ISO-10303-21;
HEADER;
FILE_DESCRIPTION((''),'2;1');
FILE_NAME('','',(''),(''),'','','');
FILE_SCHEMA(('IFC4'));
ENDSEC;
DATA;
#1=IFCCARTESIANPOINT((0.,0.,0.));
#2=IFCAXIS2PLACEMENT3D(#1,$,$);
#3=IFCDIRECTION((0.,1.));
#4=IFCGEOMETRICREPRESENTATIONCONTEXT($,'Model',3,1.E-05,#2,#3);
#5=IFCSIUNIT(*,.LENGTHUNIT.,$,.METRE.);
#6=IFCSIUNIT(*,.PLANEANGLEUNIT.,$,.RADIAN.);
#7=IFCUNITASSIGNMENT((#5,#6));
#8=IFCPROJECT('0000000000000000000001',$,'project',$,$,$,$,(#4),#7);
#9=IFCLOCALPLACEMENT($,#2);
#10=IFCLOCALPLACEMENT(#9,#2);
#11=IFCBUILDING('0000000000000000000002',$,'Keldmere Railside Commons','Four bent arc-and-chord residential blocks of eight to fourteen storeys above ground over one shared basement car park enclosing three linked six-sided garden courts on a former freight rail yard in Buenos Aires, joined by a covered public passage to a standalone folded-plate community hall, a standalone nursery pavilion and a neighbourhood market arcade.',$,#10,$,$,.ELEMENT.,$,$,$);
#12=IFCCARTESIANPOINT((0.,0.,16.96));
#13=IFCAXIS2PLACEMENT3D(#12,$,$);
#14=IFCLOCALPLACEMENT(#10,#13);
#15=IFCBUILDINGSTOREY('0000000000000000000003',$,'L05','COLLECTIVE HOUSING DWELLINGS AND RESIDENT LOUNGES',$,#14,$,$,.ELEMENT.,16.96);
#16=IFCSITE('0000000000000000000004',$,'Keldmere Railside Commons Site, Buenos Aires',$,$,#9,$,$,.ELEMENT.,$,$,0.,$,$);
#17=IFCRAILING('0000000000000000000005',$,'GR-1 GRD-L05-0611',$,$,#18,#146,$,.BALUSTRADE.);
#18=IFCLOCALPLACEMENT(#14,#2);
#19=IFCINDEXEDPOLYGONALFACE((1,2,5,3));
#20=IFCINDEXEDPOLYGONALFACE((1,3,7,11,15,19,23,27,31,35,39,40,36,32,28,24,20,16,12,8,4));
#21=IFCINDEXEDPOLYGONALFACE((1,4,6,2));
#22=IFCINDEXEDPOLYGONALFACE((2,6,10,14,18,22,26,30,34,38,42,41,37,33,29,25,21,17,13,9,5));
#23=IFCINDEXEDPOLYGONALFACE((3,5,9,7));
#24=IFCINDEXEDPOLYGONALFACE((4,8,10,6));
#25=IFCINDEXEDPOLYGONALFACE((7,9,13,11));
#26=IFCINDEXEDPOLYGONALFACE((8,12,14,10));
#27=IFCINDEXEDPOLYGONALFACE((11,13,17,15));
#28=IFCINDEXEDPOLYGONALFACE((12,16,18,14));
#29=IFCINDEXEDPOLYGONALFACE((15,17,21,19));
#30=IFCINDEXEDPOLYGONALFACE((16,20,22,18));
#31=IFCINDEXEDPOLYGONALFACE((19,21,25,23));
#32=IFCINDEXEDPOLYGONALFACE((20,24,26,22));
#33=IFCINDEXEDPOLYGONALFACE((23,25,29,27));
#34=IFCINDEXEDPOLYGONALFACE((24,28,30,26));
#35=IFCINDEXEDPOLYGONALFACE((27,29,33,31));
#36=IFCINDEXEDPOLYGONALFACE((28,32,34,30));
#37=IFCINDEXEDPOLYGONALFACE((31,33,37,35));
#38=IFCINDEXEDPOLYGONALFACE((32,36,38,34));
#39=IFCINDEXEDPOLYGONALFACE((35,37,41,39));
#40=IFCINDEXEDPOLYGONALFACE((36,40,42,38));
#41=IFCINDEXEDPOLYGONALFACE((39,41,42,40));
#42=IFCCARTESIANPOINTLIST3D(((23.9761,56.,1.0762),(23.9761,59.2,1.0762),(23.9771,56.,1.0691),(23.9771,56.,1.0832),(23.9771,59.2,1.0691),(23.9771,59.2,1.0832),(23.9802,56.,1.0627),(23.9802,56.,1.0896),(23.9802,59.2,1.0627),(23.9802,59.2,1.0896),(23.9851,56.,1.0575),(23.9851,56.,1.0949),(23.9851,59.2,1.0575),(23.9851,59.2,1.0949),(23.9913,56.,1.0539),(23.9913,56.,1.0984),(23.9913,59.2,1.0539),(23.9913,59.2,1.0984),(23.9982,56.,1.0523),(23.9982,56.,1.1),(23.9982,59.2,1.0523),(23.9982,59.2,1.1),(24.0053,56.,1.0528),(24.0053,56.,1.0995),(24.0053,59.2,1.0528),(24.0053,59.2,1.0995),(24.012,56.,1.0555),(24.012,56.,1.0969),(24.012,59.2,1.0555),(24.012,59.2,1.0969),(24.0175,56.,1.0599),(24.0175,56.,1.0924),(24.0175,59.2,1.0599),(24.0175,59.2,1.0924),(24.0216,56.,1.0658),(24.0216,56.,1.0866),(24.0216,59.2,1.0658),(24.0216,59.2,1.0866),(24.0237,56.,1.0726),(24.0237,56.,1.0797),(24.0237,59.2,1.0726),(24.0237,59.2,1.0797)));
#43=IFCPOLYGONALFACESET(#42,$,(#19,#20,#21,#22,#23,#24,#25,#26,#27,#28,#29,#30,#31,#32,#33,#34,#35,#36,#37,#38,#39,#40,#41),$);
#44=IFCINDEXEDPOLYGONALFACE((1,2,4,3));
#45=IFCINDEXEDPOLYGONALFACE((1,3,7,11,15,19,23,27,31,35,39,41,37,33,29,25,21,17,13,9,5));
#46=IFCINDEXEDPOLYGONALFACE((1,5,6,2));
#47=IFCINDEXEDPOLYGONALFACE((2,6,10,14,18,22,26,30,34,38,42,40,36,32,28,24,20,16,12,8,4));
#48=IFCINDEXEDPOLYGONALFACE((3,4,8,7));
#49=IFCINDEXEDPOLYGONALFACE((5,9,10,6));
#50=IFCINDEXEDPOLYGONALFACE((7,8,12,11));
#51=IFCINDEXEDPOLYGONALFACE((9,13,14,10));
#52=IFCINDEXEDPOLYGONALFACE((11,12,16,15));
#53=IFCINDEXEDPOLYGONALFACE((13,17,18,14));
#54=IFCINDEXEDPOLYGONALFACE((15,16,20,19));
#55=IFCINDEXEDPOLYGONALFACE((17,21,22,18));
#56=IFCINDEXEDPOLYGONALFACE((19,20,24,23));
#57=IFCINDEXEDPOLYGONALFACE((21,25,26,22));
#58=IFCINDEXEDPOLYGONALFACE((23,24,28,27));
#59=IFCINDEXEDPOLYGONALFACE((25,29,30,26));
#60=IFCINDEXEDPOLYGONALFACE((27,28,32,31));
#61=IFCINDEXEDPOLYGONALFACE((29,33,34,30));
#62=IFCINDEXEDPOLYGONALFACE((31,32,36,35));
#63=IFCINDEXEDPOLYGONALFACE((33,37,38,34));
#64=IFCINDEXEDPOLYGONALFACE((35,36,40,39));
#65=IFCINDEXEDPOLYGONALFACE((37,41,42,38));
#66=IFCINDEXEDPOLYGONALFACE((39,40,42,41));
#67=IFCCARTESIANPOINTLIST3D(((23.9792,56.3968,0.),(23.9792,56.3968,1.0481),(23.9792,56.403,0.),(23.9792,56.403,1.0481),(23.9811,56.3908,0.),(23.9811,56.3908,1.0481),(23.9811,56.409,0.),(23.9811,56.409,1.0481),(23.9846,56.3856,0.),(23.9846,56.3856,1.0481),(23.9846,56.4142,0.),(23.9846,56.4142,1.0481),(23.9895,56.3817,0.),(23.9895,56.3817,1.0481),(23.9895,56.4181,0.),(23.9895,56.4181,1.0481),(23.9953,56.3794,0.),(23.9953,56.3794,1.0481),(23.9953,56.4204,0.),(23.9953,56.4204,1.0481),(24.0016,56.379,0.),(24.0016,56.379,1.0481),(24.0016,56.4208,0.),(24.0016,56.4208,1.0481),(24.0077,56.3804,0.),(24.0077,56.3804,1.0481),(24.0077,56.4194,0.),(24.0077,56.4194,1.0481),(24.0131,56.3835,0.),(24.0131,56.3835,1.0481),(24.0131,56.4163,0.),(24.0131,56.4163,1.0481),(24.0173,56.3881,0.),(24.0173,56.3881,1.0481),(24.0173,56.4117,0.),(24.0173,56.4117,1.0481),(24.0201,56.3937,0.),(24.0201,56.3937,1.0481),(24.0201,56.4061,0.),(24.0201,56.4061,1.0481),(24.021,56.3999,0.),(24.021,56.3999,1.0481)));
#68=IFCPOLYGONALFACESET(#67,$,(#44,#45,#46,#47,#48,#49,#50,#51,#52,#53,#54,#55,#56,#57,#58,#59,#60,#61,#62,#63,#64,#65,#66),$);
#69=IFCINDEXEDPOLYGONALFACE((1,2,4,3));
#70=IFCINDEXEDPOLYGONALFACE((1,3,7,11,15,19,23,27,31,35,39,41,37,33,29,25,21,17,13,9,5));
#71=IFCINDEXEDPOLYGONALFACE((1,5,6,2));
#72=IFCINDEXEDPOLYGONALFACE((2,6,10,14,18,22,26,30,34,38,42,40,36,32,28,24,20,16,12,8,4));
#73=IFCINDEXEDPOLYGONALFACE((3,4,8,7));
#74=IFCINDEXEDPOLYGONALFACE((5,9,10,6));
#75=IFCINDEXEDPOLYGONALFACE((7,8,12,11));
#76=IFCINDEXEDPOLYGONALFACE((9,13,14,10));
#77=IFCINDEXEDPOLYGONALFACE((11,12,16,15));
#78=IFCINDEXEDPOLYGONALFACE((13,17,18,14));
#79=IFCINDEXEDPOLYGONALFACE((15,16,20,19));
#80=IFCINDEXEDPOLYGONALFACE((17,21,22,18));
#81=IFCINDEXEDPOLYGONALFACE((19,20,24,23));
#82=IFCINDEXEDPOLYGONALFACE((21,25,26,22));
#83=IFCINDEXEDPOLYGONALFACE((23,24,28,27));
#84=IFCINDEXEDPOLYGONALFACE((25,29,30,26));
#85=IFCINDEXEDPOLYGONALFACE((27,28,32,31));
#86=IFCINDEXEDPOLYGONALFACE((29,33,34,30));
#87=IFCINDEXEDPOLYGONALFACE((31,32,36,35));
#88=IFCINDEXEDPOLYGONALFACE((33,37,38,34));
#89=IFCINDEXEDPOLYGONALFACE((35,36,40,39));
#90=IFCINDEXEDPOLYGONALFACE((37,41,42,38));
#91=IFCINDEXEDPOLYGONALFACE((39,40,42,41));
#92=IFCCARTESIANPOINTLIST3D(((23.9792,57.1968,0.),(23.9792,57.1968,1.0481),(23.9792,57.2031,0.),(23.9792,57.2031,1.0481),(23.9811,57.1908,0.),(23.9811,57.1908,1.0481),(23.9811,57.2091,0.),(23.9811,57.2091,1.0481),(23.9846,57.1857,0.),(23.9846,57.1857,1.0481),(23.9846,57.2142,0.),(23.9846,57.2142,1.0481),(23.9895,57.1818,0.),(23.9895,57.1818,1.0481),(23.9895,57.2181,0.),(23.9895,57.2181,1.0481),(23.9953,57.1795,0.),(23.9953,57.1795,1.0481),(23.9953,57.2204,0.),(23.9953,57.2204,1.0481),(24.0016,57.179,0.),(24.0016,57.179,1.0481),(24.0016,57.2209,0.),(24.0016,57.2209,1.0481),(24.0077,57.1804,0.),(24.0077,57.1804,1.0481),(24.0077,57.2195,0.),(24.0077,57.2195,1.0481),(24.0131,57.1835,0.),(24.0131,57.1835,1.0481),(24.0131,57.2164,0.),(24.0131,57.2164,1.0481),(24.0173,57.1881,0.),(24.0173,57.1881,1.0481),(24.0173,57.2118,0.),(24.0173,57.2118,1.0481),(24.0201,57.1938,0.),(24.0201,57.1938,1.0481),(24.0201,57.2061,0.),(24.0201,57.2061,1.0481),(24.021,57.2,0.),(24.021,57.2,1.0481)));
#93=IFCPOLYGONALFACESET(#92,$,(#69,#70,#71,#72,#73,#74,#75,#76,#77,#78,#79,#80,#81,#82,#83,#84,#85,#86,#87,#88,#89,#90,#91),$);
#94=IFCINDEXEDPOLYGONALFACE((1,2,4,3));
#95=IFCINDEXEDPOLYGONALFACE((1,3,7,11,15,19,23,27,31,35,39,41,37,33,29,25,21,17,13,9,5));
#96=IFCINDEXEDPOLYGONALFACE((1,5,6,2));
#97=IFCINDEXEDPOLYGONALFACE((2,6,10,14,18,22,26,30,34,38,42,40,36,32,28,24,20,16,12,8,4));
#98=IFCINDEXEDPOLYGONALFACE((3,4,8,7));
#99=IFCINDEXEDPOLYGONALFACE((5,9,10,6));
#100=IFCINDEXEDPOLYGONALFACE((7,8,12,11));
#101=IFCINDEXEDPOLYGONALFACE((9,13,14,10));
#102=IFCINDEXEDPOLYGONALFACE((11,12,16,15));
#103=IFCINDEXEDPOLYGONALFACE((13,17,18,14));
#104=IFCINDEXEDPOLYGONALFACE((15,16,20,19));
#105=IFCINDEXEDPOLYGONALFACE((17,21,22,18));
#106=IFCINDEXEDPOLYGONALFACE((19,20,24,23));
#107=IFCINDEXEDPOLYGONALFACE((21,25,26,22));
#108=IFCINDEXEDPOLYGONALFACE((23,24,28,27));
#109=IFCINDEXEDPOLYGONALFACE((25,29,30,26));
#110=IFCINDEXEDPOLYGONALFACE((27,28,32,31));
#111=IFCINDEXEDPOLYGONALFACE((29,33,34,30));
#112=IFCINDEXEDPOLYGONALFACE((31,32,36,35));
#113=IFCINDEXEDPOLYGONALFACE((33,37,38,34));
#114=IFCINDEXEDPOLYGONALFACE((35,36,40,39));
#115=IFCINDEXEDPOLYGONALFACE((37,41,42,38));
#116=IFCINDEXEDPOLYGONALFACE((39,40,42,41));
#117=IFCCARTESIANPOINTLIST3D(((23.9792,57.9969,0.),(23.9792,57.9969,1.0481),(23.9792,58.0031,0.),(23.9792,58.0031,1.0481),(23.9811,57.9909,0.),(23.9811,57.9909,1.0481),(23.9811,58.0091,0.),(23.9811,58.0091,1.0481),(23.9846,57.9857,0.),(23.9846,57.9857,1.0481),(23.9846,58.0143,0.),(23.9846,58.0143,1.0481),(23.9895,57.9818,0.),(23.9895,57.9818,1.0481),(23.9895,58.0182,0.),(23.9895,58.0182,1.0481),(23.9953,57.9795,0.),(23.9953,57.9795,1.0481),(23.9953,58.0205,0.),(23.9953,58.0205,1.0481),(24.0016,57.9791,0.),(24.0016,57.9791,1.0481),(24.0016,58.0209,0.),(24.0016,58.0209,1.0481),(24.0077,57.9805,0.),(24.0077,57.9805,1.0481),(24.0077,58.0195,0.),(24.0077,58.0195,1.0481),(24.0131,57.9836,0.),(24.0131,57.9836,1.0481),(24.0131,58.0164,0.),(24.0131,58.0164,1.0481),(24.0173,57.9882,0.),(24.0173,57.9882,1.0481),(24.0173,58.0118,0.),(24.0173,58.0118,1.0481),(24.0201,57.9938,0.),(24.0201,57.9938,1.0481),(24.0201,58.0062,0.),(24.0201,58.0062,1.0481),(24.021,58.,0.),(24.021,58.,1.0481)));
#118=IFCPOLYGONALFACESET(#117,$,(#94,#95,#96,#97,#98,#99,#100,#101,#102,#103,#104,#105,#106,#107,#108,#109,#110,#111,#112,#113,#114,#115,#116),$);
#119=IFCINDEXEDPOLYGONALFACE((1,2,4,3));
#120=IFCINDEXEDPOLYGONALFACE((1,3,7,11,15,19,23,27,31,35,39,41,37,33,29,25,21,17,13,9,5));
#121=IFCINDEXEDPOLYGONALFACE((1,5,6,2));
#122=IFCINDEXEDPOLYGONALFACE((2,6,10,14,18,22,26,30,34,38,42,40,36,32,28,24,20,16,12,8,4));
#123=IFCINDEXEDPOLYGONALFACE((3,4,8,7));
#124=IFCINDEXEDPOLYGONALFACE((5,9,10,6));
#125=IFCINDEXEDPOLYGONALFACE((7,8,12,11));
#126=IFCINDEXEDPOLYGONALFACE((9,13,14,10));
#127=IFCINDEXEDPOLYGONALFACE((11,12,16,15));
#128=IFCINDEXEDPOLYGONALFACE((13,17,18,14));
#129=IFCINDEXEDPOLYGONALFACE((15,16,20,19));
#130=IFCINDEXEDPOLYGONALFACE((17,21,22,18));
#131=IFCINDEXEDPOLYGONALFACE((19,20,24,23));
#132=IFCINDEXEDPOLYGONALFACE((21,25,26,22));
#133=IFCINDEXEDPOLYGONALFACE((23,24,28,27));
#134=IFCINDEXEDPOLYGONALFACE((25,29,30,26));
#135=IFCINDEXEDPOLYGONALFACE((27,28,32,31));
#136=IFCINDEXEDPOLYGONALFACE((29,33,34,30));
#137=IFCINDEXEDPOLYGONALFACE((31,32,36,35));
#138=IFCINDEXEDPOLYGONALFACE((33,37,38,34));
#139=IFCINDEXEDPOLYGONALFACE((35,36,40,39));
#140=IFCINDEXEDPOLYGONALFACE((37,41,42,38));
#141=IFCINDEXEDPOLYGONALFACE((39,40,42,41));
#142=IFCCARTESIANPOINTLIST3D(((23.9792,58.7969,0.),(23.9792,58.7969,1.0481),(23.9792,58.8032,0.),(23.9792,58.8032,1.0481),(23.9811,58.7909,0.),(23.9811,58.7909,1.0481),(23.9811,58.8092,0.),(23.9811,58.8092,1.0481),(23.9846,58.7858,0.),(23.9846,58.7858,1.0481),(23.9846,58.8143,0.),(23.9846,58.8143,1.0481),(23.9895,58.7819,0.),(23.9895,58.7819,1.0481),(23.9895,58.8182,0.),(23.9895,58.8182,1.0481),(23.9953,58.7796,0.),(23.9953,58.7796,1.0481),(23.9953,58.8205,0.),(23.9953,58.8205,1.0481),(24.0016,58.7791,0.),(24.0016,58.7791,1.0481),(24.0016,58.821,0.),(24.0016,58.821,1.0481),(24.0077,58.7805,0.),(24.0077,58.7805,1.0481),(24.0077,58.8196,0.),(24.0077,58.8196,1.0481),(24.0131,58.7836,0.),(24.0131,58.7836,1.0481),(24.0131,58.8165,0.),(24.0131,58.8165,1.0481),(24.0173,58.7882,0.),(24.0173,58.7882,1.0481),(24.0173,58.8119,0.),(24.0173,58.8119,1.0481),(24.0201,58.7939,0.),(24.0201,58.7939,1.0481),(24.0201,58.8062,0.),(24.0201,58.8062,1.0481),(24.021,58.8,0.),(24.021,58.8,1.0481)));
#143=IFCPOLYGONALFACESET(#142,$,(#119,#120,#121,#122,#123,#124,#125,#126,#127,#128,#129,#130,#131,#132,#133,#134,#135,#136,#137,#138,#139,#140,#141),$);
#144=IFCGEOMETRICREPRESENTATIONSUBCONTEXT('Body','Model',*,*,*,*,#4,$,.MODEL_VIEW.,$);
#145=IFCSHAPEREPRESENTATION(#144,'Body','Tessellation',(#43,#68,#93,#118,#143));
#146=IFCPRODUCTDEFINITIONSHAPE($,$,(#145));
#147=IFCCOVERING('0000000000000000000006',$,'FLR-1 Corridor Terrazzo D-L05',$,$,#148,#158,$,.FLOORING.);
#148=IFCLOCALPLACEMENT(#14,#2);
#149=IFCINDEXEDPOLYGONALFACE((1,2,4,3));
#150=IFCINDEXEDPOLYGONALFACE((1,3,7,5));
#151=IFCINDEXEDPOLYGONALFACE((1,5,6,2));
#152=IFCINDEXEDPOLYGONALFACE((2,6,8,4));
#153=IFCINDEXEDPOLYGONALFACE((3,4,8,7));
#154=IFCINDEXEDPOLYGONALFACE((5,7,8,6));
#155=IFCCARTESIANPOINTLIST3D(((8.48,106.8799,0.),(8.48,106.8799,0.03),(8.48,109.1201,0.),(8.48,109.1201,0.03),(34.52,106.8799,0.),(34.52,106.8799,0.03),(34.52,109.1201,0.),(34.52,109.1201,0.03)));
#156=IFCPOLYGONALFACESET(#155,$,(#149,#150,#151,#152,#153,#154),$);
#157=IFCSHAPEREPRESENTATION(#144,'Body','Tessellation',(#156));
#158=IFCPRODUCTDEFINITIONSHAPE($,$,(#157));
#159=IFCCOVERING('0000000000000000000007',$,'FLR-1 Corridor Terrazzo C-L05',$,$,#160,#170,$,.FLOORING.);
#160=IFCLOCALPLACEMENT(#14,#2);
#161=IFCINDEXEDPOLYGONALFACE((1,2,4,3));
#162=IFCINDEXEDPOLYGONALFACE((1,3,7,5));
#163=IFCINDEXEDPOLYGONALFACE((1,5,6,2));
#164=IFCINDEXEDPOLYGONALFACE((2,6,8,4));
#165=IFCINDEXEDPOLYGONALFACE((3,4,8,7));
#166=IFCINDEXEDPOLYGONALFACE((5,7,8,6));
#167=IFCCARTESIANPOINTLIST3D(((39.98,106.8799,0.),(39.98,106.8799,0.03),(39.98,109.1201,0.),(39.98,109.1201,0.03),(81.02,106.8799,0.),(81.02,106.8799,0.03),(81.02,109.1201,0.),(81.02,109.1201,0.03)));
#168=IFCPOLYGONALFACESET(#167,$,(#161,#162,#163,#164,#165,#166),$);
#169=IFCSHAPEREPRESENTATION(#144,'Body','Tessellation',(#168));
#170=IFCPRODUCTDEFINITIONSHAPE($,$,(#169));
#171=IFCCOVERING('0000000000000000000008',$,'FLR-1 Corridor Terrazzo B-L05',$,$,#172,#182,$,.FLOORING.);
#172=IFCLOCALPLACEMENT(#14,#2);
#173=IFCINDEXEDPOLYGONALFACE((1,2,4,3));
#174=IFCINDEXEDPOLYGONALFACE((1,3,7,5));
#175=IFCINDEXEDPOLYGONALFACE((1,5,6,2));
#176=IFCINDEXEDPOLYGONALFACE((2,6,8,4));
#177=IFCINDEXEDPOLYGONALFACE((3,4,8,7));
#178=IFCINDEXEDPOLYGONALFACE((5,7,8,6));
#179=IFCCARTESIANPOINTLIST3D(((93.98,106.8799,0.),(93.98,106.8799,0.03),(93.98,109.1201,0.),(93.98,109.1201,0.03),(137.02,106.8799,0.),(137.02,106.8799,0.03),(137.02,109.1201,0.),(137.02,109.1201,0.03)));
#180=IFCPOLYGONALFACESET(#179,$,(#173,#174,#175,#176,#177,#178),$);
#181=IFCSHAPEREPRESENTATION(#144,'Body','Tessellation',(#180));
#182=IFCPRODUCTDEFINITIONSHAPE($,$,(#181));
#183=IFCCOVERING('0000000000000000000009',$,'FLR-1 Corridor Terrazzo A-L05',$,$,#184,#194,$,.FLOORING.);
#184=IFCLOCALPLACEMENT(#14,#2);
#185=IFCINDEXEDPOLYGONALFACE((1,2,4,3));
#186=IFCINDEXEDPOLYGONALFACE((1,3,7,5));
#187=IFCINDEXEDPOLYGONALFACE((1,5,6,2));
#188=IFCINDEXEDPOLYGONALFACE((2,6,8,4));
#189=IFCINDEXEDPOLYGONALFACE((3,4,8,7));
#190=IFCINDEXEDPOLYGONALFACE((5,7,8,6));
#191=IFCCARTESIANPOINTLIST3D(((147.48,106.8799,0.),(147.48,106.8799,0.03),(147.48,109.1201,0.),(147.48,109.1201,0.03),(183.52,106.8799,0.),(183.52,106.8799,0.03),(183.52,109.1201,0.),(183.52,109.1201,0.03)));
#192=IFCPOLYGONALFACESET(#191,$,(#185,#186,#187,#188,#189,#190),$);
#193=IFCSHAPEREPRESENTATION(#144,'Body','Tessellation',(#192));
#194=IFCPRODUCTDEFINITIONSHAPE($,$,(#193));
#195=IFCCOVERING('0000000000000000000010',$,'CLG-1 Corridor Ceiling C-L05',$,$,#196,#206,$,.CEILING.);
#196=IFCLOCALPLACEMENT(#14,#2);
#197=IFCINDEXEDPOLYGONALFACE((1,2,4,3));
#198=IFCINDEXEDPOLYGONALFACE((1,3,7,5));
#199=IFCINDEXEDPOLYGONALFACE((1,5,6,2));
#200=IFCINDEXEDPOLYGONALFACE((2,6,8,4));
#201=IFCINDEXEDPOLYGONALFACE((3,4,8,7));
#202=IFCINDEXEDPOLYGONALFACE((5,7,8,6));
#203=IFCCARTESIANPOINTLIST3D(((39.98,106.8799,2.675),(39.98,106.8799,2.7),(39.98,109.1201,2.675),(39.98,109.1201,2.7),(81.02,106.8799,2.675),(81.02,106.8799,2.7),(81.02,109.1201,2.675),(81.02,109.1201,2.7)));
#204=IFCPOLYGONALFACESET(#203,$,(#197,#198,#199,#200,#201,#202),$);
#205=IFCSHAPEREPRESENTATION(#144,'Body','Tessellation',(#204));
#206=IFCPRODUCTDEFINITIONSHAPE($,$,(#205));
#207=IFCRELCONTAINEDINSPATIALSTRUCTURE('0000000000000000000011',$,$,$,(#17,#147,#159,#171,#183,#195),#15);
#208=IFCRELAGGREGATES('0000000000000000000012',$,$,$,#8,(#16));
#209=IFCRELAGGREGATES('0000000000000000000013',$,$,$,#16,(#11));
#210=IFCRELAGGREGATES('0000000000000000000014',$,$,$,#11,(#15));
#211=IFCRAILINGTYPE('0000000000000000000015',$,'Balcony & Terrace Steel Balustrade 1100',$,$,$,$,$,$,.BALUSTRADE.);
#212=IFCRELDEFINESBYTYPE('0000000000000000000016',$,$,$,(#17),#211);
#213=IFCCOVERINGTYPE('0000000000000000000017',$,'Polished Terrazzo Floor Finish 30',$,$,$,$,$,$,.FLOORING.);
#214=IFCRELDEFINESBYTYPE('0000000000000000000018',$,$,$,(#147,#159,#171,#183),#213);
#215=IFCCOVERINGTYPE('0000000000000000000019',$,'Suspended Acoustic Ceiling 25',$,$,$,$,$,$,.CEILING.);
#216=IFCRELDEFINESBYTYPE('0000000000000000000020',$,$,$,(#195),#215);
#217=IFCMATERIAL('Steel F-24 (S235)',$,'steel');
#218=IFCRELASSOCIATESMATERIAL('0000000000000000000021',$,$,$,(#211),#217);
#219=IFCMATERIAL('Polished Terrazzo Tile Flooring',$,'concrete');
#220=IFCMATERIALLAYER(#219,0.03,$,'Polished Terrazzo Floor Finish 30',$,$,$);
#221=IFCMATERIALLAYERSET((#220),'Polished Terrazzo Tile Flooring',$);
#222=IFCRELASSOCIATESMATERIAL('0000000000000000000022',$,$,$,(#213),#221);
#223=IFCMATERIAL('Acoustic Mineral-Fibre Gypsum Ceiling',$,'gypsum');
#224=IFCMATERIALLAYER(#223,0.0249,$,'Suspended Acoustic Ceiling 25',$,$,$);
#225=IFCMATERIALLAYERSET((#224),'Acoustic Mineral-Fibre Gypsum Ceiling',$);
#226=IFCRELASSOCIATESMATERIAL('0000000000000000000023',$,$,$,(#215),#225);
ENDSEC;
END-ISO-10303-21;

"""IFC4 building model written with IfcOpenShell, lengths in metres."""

from ifc_helpers import new_model, si_unit, direction, frame, origin, origin_2d, place, context, subcontext, project, spatial, polyline, circle, outline, extrude, material, layer, layer_set, type_object, element, save


model = new_model("IFC4")

# Units and contexts
model_context = context("Model", 3, precision=1e-05, world=origin(), true_north=direction((0.0, 1.0)))
body_context = subcontext(model_context, "Body", "Model", "MODEL_VIEW")
ifc_project = project(units=[si_unit("LENGTHUNIT", "METRE"), si_unit("PLANEANGLEUNIT", "RADIAN")], contexts=[model_context])

# Site, building, storey
site_placement = place(None, origin())
site = spatial("IfcSite", under=ifc_project, at=site_placement, Name="Keldmere Railside Commons Site, Buenos Aires", CompositionType="ELEMENT", RefElevation=0.0)
building_placement = place(site_placement, origin())
building = spatial("IfcBuilding", under=site, at=building_placement, Name="Keldmere Railside Commons", Description="Four bent arc-and-chord residential blocks of eight to fourteen storeys above ground over one shared basement car park enclosing three linked six-sided garden courts on a former freight rail yard in Buenos Aires, joined by a covered public passage to a standalone folded-plate community hall, a standalone nursery pavilion and a neighbourhood market arcade.", CompositionType="ELEMENT")
storey_placement = place(building_placement, frame((0.0, 0.0, 16.96)))
storey = spatial("IfcBuildingStorey", under=building, at=storey_placement, Name="L05", Description="COLLECTIVE HOUSING DWELLINGS AND RESIDENT LOUNGES", CompositionType="ELEMENT", Elevation=16.96)

# Railing
ifc_material_1 = material(Name="Steel F-24 (S235)", Category="steel")
railing_type = type_object("IfcRailingType", Name="Balcony & Terrace Steel Balustrade 1100", PredefinedType="BALUSTRADE", material=ifc_material_1)
railing_1_placement = place(storey_placement, frame((24.0, 56.0, 0.0)))
element("IfcRailing", 1, at=railing_1_placement, inside=storey, type_object=railing_type, Name="GR-1 GRD-L05-0611", PredefinedType="BALUSTRADE", context=body_context, shape_type="SweptSolid", body=[
    extrude(circle(Radius=0.0239, at=origin_2d()), frame((0.0, 0.0, 1.0762), z_axis=(0.0, 1.0, 0.0), x_axis=(-1.0, 0.0, 0.0)), (0.0, 0.0, 1.0), 3.2),
    extrude(circle(Radius=0.021, at=origin_2d()), frame((0.0, 0.3999, 0.0)), (0.0, 0.0, 1.0), 1.0481),
    extrude(circle(Radius=0.021, at=origin_2d()), frame((0.0, 1.2, 0.0)), (0.0, 0.0, 1.0), 1.0481),
    extrude(circle(Radius=0.021, at=origin_2d()), frame((0.0, 2.0, 0.0)), (0.0, 0.0, 1.0), 1.0481),
    extrude(circle(Radius=0.021, at=origin_2d()), frame((0.0, 2.8, 0.0)), (0.0, 0.0, 1.0), 1.0481),
])

# Coverings
ifc_material_2 = material(Name="Polished Terrazzo Tile Flooring", Category="concrete")
ifc_layer_1 = layer(ifc_material_2, 0.03, Name="Polished Terrazzo Floor Finish 30")
ifc_layer_set_1 = layer_set([ifc_layer_1], Name="Polished Terrazzo Tile Flooring")
covering_type_1 = type_object("IfcCoveringType", Name="Polished Terrazzo Floor Finish 30", PredefinedType="FLOORING", material=ifc_layer_set_1)
covering_1_placement = place(storey_placement, origin())
element("IfcCovering", 2, at=covering_1_placement, inside=storey, type_object=covering_type_1, Name="FLR-1 Corridor Terrazzo D-L05", PredefinedType="FLOORING", context=body_context, shape_type="SweptSolid", body=[
    extrude(outline(polyline([(8.48, 106.8799), (34.52, 106.8799), (34.52, 109.1201), (8.48, 109.1201), (8.48, 106.8799)])), origin(), (0.0, 0.0, 1.0), 0.03),
])
covering_2_placement = place(storey_placement, origin())
element("IfcCovering", 3, at=covering_2_placement, inside=storey, type_object=covering_type_1, Name="FLR-1 Corridor Terrazzo C-L05", PredefinedType="FLOORING", context=body_context, shape_type="SweptSolid", body=[
    extrude(outline(polyline([(39.98, 106.8799), (81.02, 106.8799), (81.02, 109.1201), (39.98, 109.1201), (39.98, 106.8799)])), origin(), (0.0, 0.0, 1.0), 0.03),
])
covering_3_placement = place(storey_placement, origin())
element("IfcCovering", 4, at=covering_3_placement, inside=storey, type_object=covering_type_1, Name="FLR-1 Corridor Terrazzo B-L05", PredefinedType="FLOORING", context=body_context, shape_type="SweptSolid", body=[
    extrude(outline(polyline([(93.98, 106.8799), (137.02, 106.8799), (137.02, 109.1201), (93.98, 109.1201), (93.98, 106.8799)])), origin(), (0.0, 0.0, 1.0), 0.03),
])
covering_4_placement = place(storey_placement, origin())
element("IfcCovering", 5, at=covering_4_placement, inside=storey, type_object=covering_type_1, Name="FLR-1 Corridor Terrazzo A-L05", PredefinedType="FLOORING", context=body_context, shape_type="SweptSolid", body=[
    extrude(outline(polyline([(147.48, 106.8799), (183.52, 106.8799), (183.52, 109.1201), (147.48, 109.1201), (147.48, 106.8799)])), origin(), (0.0, 0.0, 1.0), 0.03),
])
ifc_material_3 = material(Name="Acoustic Mineral-Fibre Gypsum Ceiling", Category="gypsum")
ifc_layer_2 = layer(ifc_material_3, 0.0249, Name="Suspended Acoustic Ceiling 25")
ifc_layer_set_2 = layer_set([ifc_layer_2], Name="Acoustic Mineral-Fibre Gypsum Ceiling")
covering_type_2 = type_object("IfcCoveringType", Name="Suspended Acoustic Ceiling 25", PredefinedType="CEILING", material=ifc_layer_set_2)
covering_5_placement = place(storey_placement, frame((0.0, 0.0, 2.675)))
element("IfcCovering", 6, at=covering_5_placement, inside=storey, type_object=covering_type_2, Name="CLG-1 Corridor Ceiling C-L05", PredefinedType="CEILING", context=body_context, shape_type="SweptSolid", body=[
    extrude(outline(polyline([(39.98, 106.8799), (81.02, 106.8799), (81.02, 109.1201), (39.98, 109.1201), (39.98, 106.8799)])), origin(), (0.0, 0.0, 1.0), 0.0249),
])

save(model, "model.ifc")
